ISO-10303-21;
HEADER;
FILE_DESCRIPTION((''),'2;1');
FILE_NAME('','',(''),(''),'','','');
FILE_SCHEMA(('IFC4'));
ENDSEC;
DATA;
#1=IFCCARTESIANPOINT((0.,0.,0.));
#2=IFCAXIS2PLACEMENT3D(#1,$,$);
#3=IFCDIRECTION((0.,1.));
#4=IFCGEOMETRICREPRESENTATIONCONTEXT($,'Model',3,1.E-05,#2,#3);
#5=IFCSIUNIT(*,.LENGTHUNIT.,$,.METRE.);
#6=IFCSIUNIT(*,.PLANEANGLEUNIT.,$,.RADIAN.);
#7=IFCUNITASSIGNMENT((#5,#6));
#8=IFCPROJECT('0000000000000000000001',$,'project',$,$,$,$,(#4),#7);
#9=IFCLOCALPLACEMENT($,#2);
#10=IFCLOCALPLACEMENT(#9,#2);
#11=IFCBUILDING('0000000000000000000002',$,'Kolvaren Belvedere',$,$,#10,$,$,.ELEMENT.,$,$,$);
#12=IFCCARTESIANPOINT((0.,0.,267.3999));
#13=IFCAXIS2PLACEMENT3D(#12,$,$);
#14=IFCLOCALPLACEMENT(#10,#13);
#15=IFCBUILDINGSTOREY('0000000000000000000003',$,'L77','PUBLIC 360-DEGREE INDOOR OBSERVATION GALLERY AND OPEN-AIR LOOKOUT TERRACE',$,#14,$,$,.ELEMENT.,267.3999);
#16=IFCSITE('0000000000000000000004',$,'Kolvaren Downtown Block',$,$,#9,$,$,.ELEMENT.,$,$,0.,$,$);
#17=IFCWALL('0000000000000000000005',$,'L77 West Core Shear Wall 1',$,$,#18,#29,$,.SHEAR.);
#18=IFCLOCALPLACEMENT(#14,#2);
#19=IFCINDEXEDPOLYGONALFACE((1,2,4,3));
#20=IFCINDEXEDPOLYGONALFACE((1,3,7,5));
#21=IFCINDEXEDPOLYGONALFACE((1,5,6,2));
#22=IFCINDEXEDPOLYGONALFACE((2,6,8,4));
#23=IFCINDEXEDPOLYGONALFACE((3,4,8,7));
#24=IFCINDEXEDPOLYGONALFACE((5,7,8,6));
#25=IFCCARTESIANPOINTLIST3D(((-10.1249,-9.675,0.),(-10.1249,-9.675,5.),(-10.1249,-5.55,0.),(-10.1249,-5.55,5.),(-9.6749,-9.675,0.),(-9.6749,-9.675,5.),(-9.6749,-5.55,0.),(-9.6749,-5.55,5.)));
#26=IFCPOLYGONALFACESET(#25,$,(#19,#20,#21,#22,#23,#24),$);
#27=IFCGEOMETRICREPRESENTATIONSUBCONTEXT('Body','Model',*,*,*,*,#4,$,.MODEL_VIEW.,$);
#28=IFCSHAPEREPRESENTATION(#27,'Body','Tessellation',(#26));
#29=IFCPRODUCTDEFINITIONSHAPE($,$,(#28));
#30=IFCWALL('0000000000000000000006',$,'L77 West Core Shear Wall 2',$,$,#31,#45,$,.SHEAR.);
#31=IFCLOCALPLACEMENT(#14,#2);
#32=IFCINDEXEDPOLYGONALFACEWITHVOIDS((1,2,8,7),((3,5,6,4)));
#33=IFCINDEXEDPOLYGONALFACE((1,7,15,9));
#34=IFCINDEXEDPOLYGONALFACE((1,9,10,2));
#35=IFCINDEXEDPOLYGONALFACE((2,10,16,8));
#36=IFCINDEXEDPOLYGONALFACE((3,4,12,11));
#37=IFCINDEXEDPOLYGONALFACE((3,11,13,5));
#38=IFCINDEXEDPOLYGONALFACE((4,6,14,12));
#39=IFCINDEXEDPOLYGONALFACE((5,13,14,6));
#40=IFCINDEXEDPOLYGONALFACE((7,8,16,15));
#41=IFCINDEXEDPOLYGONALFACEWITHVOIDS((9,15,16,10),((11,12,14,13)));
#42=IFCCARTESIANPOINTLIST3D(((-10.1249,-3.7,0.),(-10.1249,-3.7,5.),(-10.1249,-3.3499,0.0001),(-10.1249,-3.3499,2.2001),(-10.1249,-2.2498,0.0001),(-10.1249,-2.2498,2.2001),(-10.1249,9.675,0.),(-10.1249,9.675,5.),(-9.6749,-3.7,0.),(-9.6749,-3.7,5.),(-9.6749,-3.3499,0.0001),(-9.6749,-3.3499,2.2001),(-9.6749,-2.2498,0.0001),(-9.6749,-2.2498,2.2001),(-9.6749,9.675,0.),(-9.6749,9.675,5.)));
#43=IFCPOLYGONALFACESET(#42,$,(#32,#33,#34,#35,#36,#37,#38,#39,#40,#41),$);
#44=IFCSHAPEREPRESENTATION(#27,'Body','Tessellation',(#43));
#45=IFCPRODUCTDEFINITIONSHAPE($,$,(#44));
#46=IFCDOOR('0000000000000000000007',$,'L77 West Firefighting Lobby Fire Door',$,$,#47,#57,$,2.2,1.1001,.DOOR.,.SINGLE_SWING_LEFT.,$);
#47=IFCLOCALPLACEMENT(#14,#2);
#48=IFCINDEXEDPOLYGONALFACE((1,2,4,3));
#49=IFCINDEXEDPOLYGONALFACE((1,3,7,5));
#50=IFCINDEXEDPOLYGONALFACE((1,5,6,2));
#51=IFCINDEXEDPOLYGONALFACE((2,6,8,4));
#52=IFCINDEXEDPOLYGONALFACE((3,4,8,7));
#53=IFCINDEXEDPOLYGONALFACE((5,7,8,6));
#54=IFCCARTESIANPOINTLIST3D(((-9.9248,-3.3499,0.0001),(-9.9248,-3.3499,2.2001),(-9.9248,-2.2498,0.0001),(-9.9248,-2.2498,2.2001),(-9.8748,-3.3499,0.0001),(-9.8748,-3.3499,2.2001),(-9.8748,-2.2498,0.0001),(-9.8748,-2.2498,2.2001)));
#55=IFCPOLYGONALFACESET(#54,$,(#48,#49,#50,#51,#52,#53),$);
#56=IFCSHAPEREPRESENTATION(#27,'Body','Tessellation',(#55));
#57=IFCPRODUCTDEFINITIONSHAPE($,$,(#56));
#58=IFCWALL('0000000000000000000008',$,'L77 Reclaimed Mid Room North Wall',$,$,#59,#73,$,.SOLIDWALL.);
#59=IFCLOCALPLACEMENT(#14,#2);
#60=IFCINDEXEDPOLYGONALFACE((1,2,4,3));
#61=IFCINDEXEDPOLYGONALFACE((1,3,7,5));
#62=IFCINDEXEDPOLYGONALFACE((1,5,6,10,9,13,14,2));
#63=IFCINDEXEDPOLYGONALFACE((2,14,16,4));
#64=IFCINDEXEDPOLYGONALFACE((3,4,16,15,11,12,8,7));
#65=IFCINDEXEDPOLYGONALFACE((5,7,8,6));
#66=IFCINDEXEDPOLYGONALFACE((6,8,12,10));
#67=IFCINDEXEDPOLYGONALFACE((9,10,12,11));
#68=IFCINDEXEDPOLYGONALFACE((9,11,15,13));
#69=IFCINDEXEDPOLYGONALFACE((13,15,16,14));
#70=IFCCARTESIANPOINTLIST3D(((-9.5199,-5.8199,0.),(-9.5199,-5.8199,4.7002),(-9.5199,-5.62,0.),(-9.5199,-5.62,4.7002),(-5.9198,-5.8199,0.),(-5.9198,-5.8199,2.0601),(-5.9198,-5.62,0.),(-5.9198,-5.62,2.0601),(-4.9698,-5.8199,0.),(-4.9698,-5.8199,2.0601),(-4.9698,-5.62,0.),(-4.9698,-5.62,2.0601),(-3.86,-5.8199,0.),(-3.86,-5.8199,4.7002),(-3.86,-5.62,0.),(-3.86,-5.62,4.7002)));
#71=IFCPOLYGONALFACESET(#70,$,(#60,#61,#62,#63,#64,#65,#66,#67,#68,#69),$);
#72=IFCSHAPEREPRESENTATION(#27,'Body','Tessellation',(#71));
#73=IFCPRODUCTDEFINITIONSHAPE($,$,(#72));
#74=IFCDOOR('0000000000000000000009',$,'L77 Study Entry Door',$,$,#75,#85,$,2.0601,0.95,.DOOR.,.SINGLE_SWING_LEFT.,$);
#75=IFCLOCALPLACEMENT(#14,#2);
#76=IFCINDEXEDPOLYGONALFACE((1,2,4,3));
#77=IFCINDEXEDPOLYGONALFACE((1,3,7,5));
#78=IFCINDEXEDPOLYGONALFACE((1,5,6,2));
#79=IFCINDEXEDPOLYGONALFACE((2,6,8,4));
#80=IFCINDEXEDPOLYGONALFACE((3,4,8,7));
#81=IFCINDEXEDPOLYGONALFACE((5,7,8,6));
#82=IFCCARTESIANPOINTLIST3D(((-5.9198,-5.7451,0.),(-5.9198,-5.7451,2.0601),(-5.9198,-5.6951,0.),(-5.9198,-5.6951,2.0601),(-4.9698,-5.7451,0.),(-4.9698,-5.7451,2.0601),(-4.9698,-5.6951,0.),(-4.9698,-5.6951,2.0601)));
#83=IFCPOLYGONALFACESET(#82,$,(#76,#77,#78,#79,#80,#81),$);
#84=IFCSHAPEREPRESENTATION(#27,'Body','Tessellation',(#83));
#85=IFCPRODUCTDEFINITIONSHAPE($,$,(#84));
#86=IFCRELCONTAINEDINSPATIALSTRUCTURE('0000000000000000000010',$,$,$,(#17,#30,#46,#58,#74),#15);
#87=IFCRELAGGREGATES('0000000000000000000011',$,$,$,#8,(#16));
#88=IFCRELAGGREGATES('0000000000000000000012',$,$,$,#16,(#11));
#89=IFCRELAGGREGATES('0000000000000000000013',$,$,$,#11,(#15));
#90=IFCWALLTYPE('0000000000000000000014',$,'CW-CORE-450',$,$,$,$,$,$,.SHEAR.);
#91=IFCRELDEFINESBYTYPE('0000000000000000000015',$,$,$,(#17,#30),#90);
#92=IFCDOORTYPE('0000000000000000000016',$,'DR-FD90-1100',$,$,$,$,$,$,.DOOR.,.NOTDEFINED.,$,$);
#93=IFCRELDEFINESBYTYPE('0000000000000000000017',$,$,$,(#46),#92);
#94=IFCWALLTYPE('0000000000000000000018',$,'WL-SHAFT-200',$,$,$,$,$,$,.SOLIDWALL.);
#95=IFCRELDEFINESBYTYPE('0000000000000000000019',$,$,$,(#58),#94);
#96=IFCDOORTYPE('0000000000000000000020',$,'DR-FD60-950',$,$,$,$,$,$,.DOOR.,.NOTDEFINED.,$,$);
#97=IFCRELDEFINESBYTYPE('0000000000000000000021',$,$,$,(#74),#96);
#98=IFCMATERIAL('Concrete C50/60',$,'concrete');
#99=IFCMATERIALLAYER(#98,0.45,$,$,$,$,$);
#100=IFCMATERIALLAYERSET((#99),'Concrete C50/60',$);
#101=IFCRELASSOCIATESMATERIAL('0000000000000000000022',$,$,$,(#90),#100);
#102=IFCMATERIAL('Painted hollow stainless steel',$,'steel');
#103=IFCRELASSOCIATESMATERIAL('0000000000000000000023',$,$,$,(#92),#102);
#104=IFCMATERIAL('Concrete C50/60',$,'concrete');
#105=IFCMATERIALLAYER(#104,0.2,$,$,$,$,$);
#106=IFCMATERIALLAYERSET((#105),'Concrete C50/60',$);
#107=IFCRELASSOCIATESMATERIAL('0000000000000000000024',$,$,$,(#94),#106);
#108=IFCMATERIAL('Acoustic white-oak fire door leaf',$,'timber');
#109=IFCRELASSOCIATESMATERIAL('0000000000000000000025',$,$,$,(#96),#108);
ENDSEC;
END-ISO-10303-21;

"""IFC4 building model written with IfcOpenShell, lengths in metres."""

from ifc_helpers import new_model, si_unit, direction, frame, frame_2d, origin, place, context, subcontext, project, spatial, rectangle, extrude, material, layer, layer_set, type_object, element, fill, save


model = new_model("IFC4")

# Units and contexts
model_context = context("Model", 3, precision=1e-05, world=origin(), true_north=direction((0.0, 1.0)))
body_context = subcontext(model_context, "Body", "Model", "MODEL_VIEW")
ifc_project = project(units=[si_unit("LENGTHUNIT", "METRE"), si_unit("PLANEANGLEUNIT", "RADIAN")], contexts=[model_context])

# Site, building, storey
site_placement = place(None, origin())
site = spatial("IfcSite", under=ifc_project, at=site_placement, Name="Kolvaren Downtown Block", CompositionType="ELEMENT", RefElevation=0.0)
building_placement = place(site_placement, origin())
building = spatial("IfcBuilding", under=site, at=building_placement, Name="Kolvaren Belvedere", CompositionType="ELEMENT")
storey_placement = place(building_placement, frame((0.0, 0.0, 267.3999)))
storey = spatial("IfcBuildingStorey", under=building, at=storey_placement, Name="L77", Description="PUBLIC 360-DEGREE INDOOR OBSERVATION GALLERY AND OPEN-AIR LOOKOUT TERRACE", CompositionType="ELEMENT", Elevation=267.3999)

# Wall
ifc_material_1 = material(Name="Concrete C50/60", Category="concrete")
ifc_layer_1 = layer(ifc_material_1, 0.45)
ifc_layer_set_1 = layer_set([ifc_layer_1], Name="Concrete C50/60")
wall_type_1 = type_object("IfcWallType", Name="CW-CORE-450", PredefinedType="SHEAR", material=ifc_layer_set_1)
wall_1_placement = place(storey_placement, frame((-9.8999, -9.675, 0.0), z_axis=(0.0, 0.0, 1.0), x_axis=(0.0, 1.0, 0.0)))
element("IfcWall", 1, at=wall_1_placement, inside=storey, type_object=wall_type_1, Name="L77 West Core Shear Wall 1", PredefinedType="SHEAR", context=body_context, shape_type="SweptSolid", body=[
    extrude(rectangle(XDim=4.125, YDim=0.45, at=frame_2d((2.0625, 0.0))), origin(), (0.0, 0.0, 1.0), 5.0),
])

# Walls, openings, doors
wall_2_placement = place(storey_placement, frame((-9.8999, -3.7, 0.0), z_axis=(0.0, 0.0, 1.0), x_axis=(0.0, 1.0, 0.0)))
wall_2 = element("IfcWall", 2, at=wall_2_placement, inside=storey, type_object=wall_type_1, Name="L77 West Core Shear Wall 2", PredefinedType="SHEAR", context=body_context, shape_type="SweptSolid", body=[
    extrude(rectangle(XDim=13.375, YDim=0.45, at=frame_2d((6.6875, 0.0))), origin(), (0.0, 0.0, 1.0), 5.0),
])
opening_1_placement = place(wall_2_placement, frame((0.3501, 0.0, 0.0)))
opening_1 = element("IfcOpeningElement", 3, at=opening_1_placement, cuts=wall_2, PredefinedType="OPENING", context=body_context, shape_type="SweptSolid", body=[
    extrude(rectangle(XDim=1.1001, YDim=2.2, at=frame_2d((0.55, 1.1001))), frame((0.0, 0.2349, 0.0), z_axis=(0.0, -1.0, 0.0), x_axis=(1.0, 0.0, 0.0)), (0.0, 0.0, 1.0), 0.47),
])
ifc_material_2 = material(Name="Painted hollow stainless steel", Category="steel")
door_type_1 = type_object("IfcDoorType", Name="DR-FD90-1100", OperationType="NOTDEFINED", PredefinedType="DOOR", material=ifc_material_2)
door_1_placement = place(opening_1_placement, origin())
door_1 = element("IfcDoor", 4, at=door_1_placement, inside=storey, type_object=door_type_1, Name="L77 West Firefighting Lobby Fire Door", OperationType="SINGLE_SWING_LEFT", OverallHeight=2.2, OverallWidth=1.1001, PredefinedType="DOOR", context=body_context, shape_type="SweptSolid", body=[
    extrude(rectangle(XDim=1.1001, YDim=2.2, at=frame_2d((0.55, 1.1001))), frame((0.0, 0.0249, 0.0), z_axis=(0.0, -1.0, 0.0), x_axis=(1.0, 0.0, 0.0)), (0.0, 0.0, 1.0), 0.05),
])
fill(opening_1, door_1)
ifc_material_3 = material(Name="Concrete C50/60", Category="concrete")
ifc_layer_2 = layer(ifc_material_3, 0.2)
ifc_layer_set_2 = layer_set([ifc_layer_2], Name="Concrete C50/60")
wall_type_2 = type_object("IfcWallType", Name="WL-SHAFT-200", PredefinedType="SOLIDWALL", material=ifc_layer_set_2)
wall_3_placement = place(storey_placement, frame((-9.52, -5.72, 0.0), z_axis=(0.0, 0.0, 1.0), x_axis=(1.0, 0.0, 0.0)))
wall_3 = element("IfcWall", 5, at=wall_3_placement, inside=storey, type_object=wall_type_2, Name="L77 Reclaimed Mid Room North Wall", PredefinedType="SOLIDWALL", context=body_context, shape_type="SweptSolid", body=[
    extrude(rectangle(XDim=5.6599, YDim=0.2, at=frame_2d((2.8301, 0.0))), origin(), (0.0, 0.0, 1.0), 4.7002),
])
opening_2_placement = place(wall_3_placement, frame((3.6001, 0.0, 0.0)))
opening_2 = element("IfcOpeningElement", 6, at=opening_2_placement, cuts=wall_3, PredefinedType="OPENING", context=body_context, shape_type="SweptSolid", body=[
    extrude(rectangle(XDim=0.95, YDim=2.0601, at=frame_2d((0.4751, 1.03))), frame((0.0, 0.1099, 0.0), z_axis=(0.0, -1.0, 0.0), x_axis=(1.0, 0.0, 0.0)), (0.0, 0.0, 1.0), 0.22),
])
ifc_material_4 = material(Name="Acoustic white-oak fire door leaf", Category="timber")
door_type_2 = type_object("IfcDoorType", Name="DR-FD60-950", OperationType="NOTDEFINED", PredefinedType="DOOR", material=ifc_material_4)
door_2_placement = place(opening_2_placement, origin())
door_2 = element("IfcDoor", 7, at=door_2_placement, inside=storey, type_object=door_type_2, Name="L77 Study Entry Door", OperationType="SINGLE_SWING_LEFT", OverallHeight=2.0601, OverallWidth=0.95, PredefinedType="DOOR", context=body_context, shape_type="SweptSolid", body=[
    extrude(rectangle(XDim=0.95, YDim=2.0601, at=frame_2d((0.4751, 1.03))), frame((0.0, 0.0249, 0.0), z_axis=(0.0, -1.0, 0.0), x_axis=(1.0, 0.0, 0.0)), (0.0, 0.0, 1.0), 0.05),
])
fill(opening_2, door_2)

save(model, "model.ifc")
